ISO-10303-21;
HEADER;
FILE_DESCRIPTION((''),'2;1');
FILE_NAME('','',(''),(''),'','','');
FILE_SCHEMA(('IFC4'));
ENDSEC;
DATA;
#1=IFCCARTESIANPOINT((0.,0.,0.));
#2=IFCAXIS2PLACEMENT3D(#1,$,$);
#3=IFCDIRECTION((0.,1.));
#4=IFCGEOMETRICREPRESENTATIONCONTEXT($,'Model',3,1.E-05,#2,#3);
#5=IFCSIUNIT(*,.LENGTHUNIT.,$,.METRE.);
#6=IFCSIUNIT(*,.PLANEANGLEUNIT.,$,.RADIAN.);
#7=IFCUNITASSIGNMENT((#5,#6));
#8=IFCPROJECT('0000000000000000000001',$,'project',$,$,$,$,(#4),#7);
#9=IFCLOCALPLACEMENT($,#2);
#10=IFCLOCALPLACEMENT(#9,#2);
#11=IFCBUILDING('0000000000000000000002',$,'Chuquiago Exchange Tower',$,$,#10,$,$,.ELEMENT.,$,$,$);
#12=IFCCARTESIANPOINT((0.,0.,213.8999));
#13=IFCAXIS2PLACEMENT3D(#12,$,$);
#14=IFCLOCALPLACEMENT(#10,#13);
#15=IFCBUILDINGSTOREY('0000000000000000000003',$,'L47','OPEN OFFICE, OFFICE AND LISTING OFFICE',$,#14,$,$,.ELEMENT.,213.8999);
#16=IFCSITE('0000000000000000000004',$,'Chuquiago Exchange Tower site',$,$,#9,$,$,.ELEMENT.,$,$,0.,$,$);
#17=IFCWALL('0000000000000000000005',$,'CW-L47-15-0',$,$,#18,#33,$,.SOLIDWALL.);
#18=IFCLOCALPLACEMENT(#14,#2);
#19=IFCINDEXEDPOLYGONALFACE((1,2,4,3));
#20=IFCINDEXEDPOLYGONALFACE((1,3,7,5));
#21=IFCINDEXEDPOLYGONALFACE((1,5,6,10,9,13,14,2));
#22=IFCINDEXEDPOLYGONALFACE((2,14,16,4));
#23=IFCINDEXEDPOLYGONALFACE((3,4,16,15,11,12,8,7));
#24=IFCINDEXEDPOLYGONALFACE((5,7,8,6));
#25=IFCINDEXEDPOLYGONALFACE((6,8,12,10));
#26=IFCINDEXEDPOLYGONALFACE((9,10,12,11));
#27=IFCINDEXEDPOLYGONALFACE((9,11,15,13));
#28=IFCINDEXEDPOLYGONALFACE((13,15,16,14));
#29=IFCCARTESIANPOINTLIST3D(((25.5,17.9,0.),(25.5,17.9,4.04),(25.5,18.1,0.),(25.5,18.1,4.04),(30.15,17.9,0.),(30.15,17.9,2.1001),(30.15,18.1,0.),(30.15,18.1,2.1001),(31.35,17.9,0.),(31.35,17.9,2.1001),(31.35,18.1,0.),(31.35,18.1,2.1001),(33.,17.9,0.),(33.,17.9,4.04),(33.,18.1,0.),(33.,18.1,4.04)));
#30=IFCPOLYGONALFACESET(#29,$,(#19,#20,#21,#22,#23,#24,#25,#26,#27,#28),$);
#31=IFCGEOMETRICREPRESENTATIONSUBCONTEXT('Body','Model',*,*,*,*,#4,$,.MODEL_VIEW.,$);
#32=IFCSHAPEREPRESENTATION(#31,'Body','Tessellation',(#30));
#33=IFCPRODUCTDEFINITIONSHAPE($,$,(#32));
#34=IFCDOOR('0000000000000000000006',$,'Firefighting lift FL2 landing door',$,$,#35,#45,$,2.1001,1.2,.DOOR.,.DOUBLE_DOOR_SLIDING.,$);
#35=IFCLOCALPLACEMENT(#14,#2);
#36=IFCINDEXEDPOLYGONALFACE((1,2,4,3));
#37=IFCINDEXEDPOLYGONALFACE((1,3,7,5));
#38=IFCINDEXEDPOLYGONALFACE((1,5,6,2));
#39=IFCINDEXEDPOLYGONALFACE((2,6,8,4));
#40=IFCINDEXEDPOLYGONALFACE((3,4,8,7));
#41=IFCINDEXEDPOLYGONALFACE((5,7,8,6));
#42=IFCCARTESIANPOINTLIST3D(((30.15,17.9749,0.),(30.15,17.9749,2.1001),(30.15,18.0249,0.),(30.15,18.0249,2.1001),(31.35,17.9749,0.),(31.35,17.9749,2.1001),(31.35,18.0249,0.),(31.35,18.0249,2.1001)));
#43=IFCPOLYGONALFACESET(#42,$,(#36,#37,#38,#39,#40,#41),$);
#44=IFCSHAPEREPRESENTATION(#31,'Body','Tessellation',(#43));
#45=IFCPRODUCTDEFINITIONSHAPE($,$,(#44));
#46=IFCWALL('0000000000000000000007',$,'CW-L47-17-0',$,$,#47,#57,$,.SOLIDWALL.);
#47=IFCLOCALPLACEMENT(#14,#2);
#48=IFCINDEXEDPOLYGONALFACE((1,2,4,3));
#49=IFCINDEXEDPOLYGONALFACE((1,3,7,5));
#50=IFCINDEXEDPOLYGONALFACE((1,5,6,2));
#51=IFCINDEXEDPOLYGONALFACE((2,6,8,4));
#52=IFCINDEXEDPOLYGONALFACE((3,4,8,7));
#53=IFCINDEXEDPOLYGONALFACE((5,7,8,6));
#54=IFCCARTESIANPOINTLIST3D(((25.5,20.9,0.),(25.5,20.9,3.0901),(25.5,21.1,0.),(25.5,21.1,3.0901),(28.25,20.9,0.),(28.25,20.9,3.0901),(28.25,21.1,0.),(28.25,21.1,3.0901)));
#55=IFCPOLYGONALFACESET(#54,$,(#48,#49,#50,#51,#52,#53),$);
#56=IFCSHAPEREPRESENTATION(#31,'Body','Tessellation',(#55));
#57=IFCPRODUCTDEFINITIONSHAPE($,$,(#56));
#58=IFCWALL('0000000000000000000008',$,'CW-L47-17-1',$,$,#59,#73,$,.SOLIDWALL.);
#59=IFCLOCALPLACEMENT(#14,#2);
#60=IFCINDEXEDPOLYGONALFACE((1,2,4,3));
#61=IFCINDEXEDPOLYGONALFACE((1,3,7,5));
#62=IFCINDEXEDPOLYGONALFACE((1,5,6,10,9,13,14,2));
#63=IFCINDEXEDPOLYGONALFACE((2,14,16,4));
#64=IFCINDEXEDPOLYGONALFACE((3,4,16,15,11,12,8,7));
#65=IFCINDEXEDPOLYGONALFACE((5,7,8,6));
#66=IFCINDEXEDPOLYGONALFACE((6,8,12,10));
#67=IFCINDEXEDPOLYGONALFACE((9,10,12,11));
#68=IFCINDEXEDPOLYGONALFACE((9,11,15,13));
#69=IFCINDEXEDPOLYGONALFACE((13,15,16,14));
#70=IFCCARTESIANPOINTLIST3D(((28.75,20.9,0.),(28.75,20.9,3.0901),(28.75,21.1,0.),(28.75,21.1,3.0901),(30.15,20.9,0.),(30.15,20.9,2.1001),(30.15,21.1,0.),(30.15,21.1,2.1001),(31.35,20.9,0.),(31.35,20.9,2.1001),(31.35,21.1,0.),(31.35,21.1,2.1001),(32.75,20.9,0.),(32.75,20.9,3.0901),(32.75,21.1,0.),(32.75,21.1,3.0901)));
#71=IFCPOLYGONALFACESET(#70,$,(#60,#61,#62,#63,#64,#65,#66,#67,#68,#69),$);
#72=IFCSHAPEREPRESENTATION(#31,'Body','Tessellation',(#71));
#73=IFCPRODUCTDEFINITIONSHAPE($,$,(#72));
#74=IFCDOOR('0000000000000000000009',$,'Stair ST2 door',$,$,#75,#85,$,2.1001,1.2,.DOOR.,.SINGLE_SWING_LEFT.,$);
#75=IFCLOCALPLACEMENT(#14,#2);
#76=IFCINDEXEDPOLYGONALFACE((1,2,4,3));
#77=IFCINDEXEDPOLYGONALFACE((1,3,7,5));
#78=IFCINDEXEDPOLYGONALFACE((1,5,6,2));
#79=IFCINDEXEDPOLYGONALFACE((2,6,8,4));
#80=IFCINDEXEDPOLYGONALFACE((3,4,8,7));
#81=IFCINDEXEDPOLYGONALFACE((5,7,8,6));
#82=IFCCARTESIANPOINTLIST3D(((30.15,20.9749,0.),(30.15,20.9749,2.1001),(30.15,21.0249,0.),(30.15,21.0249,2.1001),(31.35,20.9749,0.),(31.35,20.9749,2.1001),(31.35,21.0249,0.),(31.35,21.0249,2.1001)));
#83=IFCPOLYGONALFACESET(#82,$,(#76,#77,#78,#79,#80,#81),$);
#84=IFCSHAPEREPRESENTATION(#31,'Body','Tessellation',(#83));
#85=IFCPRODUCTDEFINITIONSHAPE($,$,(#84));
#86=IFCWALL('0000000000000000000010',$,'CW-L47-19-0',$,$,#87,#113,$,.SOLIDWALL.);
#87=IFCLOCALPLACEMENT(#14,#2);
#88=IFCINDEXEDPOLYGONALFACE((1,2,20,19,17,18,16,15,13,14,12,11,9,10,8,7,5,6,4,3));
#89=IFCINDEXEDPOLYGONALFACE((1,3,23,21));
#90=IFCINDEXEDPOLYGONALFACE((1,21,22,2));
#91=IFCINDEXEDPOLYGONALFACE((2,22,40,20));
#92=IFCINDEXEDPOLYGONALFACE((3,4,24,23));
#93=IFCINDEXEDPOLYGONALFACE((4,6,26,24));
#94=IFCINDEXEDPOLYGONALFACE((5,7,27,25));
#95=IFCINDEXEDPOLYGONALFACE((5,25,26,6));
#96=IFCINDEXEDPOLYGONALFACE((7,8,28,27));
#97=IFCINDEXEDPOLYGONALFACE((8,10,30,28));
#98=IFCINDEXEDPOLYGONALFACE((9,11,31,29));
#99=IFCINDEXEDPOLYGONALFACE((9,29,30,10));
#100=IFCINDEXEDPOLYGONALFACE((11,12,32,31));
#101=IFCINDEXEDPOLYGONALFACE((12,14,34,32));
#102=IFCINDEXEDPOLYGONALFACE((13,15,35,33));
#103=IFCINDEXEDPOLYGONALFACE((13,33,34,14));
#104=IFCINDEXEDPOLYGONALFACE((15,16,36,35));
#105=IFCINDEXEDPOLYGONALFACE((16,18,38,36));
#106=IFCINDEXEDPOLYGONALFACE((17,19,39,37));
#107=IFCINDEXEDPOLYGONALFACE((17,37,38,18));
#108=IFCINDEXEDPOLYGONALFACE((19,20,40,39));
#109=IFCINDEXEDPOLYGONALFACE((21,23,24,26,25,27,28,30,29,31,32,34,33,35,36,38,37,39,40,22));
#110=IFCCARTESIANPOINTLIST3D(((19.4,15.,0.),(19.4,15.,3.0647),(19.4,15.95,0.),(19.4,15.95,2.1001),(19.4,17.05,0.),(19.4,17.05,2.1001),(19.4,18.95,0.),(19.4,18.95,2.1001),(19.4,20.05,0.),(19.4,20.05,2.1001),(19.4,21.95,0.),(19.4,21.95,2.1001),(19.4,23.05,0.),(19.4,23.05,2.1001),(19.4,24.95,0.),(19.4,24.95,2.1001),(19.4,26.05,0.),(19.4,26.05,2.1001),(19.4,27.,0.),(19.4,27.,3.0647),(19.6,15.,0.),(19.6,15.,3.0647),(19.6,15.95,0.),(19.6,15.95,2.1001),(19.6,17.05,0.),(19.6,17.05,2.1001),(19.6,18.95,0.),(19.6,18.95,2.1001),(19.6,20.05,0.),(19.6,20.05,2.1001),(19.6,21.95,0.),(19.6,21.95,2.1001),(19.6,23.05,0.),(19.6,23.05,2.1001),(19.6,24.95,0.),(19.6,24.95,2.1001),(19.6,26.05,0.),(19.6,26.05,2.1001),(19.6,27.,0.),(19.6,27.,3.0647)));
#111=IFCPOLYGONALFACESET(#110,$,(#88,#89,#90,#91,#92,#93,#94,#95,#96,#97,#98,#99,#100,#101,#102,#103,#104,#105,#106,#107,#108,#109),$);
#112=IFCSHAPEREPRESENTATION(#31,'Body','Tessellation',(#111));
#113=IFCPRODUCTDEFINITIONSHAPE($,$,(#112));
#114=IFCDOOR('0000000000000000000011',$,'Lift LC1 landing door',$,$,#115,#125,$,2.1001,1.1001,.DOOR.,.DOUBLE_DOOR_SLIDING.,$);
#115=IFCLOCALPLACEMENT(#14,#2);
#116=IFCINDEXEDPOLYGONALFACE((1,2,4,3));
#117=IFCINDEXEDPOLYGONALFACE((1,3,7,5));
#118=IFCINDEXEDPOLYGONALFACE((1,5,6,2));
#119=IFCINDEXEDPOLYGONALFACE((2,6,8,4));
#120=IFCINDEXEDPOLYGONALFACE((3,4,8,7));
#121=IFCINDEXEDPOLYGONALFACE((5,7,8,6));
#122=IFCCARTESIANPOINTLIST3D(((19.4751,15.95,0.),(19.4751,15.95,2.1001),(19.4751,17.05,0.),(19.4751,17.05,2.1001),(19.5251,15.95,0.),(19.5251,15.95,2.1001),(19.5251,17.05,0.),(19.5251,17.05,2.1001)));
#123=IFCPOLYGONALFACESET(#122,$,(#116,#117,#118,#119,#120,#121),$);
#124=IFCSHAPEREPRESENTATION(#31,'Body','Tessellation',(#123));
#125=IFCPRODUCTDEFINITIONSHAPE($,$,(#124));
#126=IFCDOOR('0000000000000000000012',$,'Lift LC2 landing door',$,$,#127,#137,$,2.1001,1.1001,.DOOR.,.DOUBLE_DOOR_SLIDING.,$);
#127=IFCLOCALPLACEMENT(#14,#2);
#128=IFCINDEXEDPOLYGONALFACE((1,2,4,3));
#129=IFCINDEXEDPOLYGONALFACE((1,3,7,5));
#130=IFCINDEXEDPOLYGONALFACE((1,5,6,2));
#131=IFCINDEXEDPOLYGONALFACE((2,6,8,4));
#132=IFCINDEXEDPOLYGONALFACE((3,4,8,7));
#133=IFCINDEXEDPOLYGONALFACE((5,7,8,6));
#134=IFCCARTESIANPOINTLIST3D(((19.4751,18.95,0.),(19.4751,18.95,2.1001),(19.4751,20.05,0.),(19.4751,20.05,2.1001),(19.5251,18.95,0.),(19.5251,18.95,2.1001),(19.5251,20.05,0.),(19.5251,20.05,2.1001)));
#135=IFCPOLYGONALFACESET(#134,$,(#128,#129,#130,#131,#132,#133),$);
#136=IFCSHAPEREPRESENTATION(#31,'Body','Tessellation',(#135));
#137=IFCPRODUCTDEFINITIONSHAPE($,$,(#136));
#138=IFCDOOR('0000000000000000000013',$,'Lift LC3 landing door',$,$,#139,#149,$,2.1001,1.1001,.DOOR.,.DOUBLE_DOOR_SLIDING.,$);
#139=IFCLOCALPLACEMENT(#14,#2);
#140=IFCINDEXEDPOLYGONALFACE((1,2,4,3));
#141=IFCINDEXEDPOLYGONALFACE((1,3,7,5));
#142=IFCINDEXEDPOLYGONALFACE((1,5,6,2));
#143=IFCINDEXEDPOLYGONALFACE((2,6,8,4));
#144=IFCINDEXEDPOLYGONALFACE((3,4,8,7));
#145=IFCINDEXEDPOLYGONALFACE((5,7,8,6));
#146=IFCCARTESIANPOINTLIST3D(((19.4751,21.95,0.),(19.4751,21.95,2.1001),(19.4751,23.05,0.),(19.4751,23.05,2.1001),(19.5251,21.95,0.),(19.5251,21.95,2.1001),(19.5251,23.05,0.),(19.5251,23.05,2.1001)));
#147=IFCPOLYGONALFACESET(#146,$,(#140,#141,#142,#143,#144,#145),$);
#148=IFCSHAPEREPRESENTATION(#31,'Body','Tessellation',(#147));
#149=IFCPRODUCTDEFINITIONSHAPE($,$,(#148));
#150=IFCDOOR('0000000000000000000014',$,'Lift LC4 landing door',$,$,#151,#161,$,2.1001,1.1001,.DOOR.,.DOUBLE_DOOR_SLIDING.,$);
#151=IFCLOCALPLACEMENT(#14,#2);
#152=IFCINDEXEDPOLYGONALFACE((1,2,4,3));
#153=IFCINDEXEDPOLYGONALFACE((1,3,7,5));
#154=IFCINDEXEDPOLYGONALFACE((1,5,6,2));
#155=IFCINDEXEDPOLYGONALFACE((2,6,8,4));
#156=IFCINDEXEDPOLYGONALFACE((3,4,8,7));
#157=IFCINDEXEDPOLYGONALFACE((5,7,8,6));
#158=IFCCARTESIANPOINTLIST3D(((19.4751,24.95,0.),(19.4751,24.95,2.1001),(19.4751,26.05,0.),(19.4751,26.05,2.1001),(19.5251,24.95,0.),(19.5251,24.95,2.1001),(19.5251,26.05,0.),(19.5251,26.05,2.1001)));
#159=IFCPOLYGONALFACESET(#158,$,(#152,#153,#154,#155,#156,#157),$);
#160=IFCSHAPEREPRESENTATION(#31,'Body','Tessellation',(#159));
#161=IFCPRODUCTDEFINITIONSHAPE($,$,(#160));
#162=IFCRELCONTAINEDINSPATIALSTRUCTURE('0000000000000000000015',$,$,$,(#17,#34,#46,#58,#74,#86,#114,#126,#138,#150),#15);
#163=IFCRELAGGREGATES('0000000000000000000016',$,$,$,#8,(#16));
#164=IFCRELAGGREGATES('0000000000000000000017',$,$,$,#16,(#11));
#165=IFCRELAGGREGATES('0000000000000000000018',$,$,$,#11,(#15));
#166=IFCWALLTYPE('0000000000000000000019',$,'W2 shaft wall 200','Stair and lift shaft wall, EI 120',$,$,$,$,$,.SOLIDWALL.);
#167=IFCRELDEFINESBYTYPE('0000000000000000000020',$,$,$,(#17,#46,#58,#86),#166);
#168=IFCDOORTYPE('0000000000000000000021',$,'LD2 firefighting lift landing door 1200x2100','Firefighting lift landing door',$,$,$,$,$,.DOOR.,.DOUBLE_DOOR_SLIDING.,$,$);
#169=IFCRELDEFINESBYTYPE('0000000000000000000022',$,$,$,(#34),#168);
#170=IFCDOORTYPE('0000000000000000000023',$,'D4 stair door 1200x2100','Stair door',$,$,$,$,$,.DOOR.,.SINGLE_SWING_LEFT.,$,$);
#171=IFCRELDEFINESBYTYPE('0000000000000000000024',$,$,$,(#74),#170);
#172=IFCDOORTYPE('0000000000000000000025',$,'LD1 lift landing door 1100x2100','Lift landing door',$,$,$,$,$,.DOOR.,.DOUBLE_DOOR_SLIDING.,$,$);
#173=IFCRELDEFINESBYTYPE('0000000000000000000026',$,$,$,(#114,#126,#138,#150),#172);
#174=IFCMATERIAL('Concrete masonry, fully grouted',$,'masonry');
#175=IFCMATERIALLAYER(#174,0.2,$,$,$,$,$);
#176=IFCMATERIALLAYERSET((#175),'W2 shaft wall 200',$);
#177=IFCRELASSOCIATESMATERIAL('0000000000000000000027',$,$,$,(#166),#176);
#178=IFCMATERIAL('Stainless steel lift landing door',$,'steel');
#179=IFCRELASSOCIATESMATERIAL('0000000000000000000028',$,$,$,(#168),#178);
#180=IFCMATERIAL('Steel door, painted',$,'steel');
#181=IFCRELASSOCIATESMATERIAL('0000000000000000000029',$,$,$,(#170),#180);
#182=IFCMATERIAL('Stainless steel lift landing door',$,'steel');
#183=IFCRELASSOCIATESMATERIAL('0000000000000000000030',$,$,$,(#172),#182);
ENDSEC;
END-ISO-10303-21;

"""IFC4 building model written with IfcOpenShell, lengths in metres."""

from ifc_helpers import new_model, si_unit, direction, frame, frame_2d, origin, place, context, subcontext, project, spatial, rectangle, extrude, material, layer, layer_set, type_object, element, fill, save


model = new_model("IFC4")

# Units and contexts
model_context = context("Model", 3, precision=1e-05, world=origin(), true_north=direction((0.0, 1.0)))
body_context = subcontext(model_context, "Body", "Model", "MODEL_VIEW")
ifc_project = project(units=[si_unit("LENGTHUNIT", "METRE"), si_unit("PLANEANGLEUNIT", "RADIAN")], contexts=[model_context])

# Site, building, storey
site_placement = place(None, origin())
site = spatial("IfcSite", under=ifc_project, at=site_placement, Name="Chuquiago Exchange Tower site", CompositionType="ELEMENT", RefElevation=0.0)
building_placement = place(site_placement, origin())
building = spatial("IfcBuilding", under=site, at=building_placement, Name="Chuquiago Exchange Tower", CompositionType="ELEMENT")
storey_placement = place(building_placement, frame((0.0, 0.0, 213.8999)))
storey = spatial("IfcBuildingStorey", under=building, at=storey_placement, Name="L47", Description="OPEN OFFICE, OFFICE AND LISTING OFFICE", CompositionType="ELEMENT", Elevation=213.8999)

# Shared definitions
ifc_material_1 = material(Name="Concrete masonry, fully grouted", Category="masonry")
ifc_layer_1 = layer(ifc_material_1, 0.2)
ifc_layer_set_1 = layer_set([ifc_layer_1], Name="W2 shaft wall 200")
wall_type_1 = type_object("IfcWallType", Name="W2 shaft wall 200", Description="Stair and lift shaft wall, EI 120", PredefinedType="SOLIDWALL", material=ifc_layer_set_1)

# Wall, opening, door
wall_1_placement = place(storey_placement, frame((25.5, 18.0, 0.0), z_axis=(0.0, 0.0, 1.0), x_axis=(1.0, 0.0, 0.0)))
wall_1 = element("IfcWall", 1, at=wall_1_placement, inside=storey, type_object=wall_type_1, Name="CW-L47-15-0", PredefinedType="SOLIDWALL", context=body_context, shape_type="SweptSolid", body=[
    extrude(rectangle(XDim=7.5, YDim=0.2, at=frame_2d((3.75, 0.0))), origin(), (0.0, 0.0, 1.0), 4.04),
])
opening_1_placement = place(wall_1_placement, frame((4.6499, 0.0, 0.0)))
opening_1 = element("IfcOpeningElement", 2, at=opening_1_placement, cuts=wall_1, PredefinedType="OPENING", context=body_context, shape_type="SweptSolid", body=[
    extrude(rectangle(XDim=1.2, YDim=2.1001, at=frame_2d((0.6001, 1.05))), frame((0.0, 0.1099, 0.0), z_axis=(0.0, -1.0, 0.0), x_axis=(1.0, 0.0, 0.0)), (0.0, 0.0, 1.0), 0.22),
])
ifc_material_2 = material(Name="Stainless steel lift landing door", Category="steel")
door_type_1 = type_object("IfcDoorType", Name="LD2 firefighting lift landing door 1200x2100", Description="Firefighting lift landing door", OperationType="DOUBLE_DOOR_SLIDING", PredefinedType="DOOR", material=ifc_material_2)
door_1_placement = place(opening_1_placement, origin())
door_1 = element("IfcDoor", 3, at=door_1_placement, inside=storey, type_object=door_type_1, Name="Firefighting lift FL2 landing door", OperationType="DOUBLE_DOOR_SLIDING", OverallHeight=2.1001, OverallWidth=1.2, PredefinedType="DOOR", context=body_context, shape_type="SweptSolid", body=[
    extrude(rectangle(XDim=1.2, YDim=2.1001, at=frame_2d((0.6001, 1.05))), frame((0.0, 0.0249, 0.0), z_axis=(0.0, -1.0, 0.0), x_axis=(1.0, 0.0, 0.0)), (0.0, 0.0, 1.0), 0.05),
])
fill(opening_1, door_1)

# Wall
wall_2_placement = place(storey_placement, frame((25.5, 21.0, 0.0), z_axis=(0.0, 0.0, 1.0), x_axis=(1.0, 0.0, 0.0)))
element("IfcWall", 4, at=wall_2_placement, inside=storey, type_object=wall_type_1, Name="CW-L47-17-0", PredefinedType="SOLIDWALL", context=body_context, shape_type="SweptSolid", body=[
    extrude(rectangle(XDim=2.75, YDim=0.2, at=frame_2d((1.375, 0.0))), origin(), (0.0, 0.0, 1.0), 3.0901),
])

# Wall, opening, door
wall_3_placement = place(storey_placement, frame((28.75, 21.0, 0.0), z_axis=(0.0, 0.0, 1.0), x_axis=(1.0, 0.0, 0.0)))
wall_3 = element("IfcWall", 5, at=wall_3_placement, inside=storey, type_object=wall_type_1, Name="CW-L47-17-1", PredefinedType="SOLIDWALL", context=body_context, shape_type="SweptSolid", body=[
    extrude(rectangle(XDim=4.0, YDim=0.2, at=frame_2d((2.0, 0.0))), origin(), (0.0, 0.0, 1.0), 3.0901),
])
opening_2_placement = place(wall_3_placement, frame((1.3999, 0.0, 0.0)))
opening_2 = element("IfcOpeningElement", 6, at=opening_2_placement, cuts=wall_3, PredefinedType="OPENING", context=body_context, shape_type="SweptSolid", body=[
    extrude(rectangle(XDim=1.2, YDim=2.1001, at=frame_2d((0.6001, 1.05))), frame((0.0, 0.1099, 0.0), z_axis=(0.0, -1.0, 0.0), x_axis=(1.0, 0.0, 0.0)), (0.0, 0.0, 1.0), 0.22),
])
ifc_material_3 = material(Name="Steel door, painted", Category="steel")
door_type_2 = type_object("IfcDoorType", Name="D4 stair door 1200x2100", Description="Stair door", OperationType="SINGLE_SWING_LEFT", PredefinedType="DOOR", material=ifc_material_3)
door_2_placement = place(opening_2_placement, origin())
door_2 = element("IfcDoor", 7, at=door_2_placement, inside=storey, type_object=door_type_2, Name="Stair ST2 door", OperationType="SINGLE_SWING_LEFT", OverallHeight=2.1001, OverallWidth=1.2, PredefinedType="DOOR", context=body_context, shape_type="SweptSolid", body=[
    extrude(rectangle(XDim=1.2, YDim=2.1001, at=frame_2d((0.6001, 1.05))), frame((0.0, 0.0249, 0.0), z_axis=(0.0, -1.0, 0.0), x_axis=(1.0, 0.0, 0.0)), (0.0, 0.0, 1.0), 0.05),
])
fill(opening_2, door_2)

# Wall, openings, doors
wall_4_placement = place(storey_placement, frame((19.5, 15.0, 0.0), z_axis=(0.0, 0.0, 1.0), x_axis=(0.0, 1.0, 0.0)))
wall_4 = element("IfcWall", 8, at=wall_4_placement, inside=storey, type_object=wall_type_1, Name="CW-L47-19-0", PredefinedType="SOLIDWALL", context=body_context, shape_type="SweptSolid", body=[
    extrude(rectangle(XDim=12.0, YDim=0.2, at=frame_2d((6.0, 0.0))), origin(), (0.0, 0.0, 1.0), 3.0647),
])
opening_3_placement = place(wall_4_placement, frame((0.95, 0.0, 0.0)))
opening_3 = element("IfcOpeningElement", 9, at=opening_3_placement, cuts=wall_4, PredefinedType="OPENING", context=body_context, shape_type="SweptSolid", body=[
    extrude(rectangle(XDim=1.1001, YDim=2.1001, at=frame_2d((0.55, 1.05))), frame((0.0, 0.1099, 0.0), z_axis=(0.0, -1.0, 0.0), x_axis=(1.0, 0.0, 0.0)), (0.0, 0.0, 1.0), 0.22),
])
opening_4_placement = place(wall_4_placement, frame((3.95, 0.0, 0.0)))
opening_4 = element("IfcOpeningElement", 10, at=opening_4_placement, cuts=wall_4, PredefinedType="OPENING", context=body_context, shape_type="SweptSolid", body=[
    extrude(rectangle(XDim=1.1001, YDim=2.1001, at=frame_2d((0.55, 1.05))), frame((0.0, 0.1099, 0.0), z_axis=(0.0, -1.0, 0.0), x_axis=(1.0, 0.0, 0.0)), (0.0, 0.0, 1.0), 0.22),
])
opening_5_placement = place(wall_4_placement, frame((6.95, 0.0, 0.0)))
opening_5 = element("IfcOpeningElement", 11, at=opening_5_placement, cuts=wall_4, PredefinedType="OPENING", context=body_context, shape_type="SweptSolid", body=[
    extrude(rectangle(XDim=1.1001, YDim=2.1001, at=frame_2d((0.55, 1.05))), frame((0.0, 0.1099, 0.0), z_axis=(0.0, -1.0, 0.0), x_axis=(1.0, 0.0, 0.0)), (0.0, 0.0, 1.0), 0.22),
])
opening_6_placement = place(wall_4_placement, frame((9.95, 0.0, 0.0)))
opening_6 = element("IfcOpeningElement", 12, at=opening_6_placement, cuts=wall_4, PredefinedType="OPENING", context=body_context, shape_type="SweptSolid", body=[
    extrude(rectangle(XDim=1.1001, YDim=2.1001, at=frame_2d((0.55, 1.05))), frame((0.0, 0.1099, 0.0), z_axis=(0.0, -1.0, 0.0), x_axis=(1.0, 0.0, 0.0)), (0.0, 0.0, 1.0), 0.22),
])
ifc_material_4 = material(Name="Stainless steel lift landing door", Category="steel")
door_type_3 = type_object("IfcDoorType", Name="LD1 lift landing door 1100x2100", Description="Lift landing door", OperationType="DOUBLE_DOOR_SLIDING", PredefinedType="DOOR", material=ifc_material_4)
door_3_placement = place(opening_3_placement, origin())
door_3 = element("IfcDoor", 13, at=door_3_placement, inside=storey, type_object=door_type_3, Name="Lift LC1 landing door", OperationType="DOUBLE_DOOR_SLIDING", OverallHeight=2.1001, OverallWidth=1.1001, PredefinedType="DOOR", context=body_context, shape_type="SweptSolid", body=[
    extrude(rectangle(XDim=1.1001, YDim=2.1001, at=frame_2d((0.55, 1.05))), frame((0.0, 0.0249, 0.0), z_axis=(0.0, -1.0, 0.0), x_axis=(1.0, 0.0, 0.0)), (0.0, 0.0, 1.0), 0.05),
])
fill(opening_3, door_3)
door_4_placement = place(opening_4_placement, origin())
door_4 = element("IfcDoor", 14, at=door_4_placement, inside=storey, type_object=door_type_3, Name="Lift LC2 landing door", OperationType="DOUBLE_DOOR_SLIDING", OverallHeight=2.1001, OverallWidth=1.1001, PredefinedType="DOOR", context=body_context, shape_type="SweptSolid", body=[
    extrude(rectangle(XDim=1.1001, YDim=2.1001, at=frame_2d((0.55, 1.05))), frame((0.0, 0.0249, 0.0), z_axis=(0.0, -1.0, 0.0), x_axis=(1.0, 0.0, 0.0)), (0.0, 0.0, 1.0), 0.05),
])
fill(opening_4, door_4)
door_5_placement = place(opening_5_placement, origin())
door_5 = element("IfcDoor", 15, at=door_5_placement, inside=storey, type_object=door_type_3, Name="Lift LC3 landing door", OperationType="DOUBLE_DOOR_SLIDING", OverallHeight=2.1001, OverallWidth=1.1001, PredefinedType="DOOR", context=body_context, shape_type="SweptSolid", body=[
    extrude(rectangle(XDim=1.1001, YDim=2.1001, at=frame_2d((0.55, 1.05))), frame((0.0, 0.0249, 0.0), z_axis=(0.0, -1.0, 0.0), x_axis=(1.0, 0.0, 0.0)), (0.0, 0.0, 1.0), 0.05),
])
fill(opening_5, door_5)
door_6_placement = place(opening_6_placement, origin())
door_6 = element("IfcDoor", 16, at=door_6_placement, inside=storey, type_object=door_type_3, Name="Lift LC4 landing door", OperationType="DOUBLE_DOOR_SLIDING", OverallHeight=2.1001, OverallWidth=1.1001, PredefinedType="DOOR", context=body_context, shape_type="SweptSolid", body=[
    extrude(rectangle(XDim=1.1001, YDim=2.1001, at=frame_2d((0.55, 1.05))), frame((0.0, 0.0249, 0.0), z_axis=(0.0, -1.0, 0.0), x_axis=(1.0, 0.0, 0.0)), (0.0, 0.0, 1.0), 0.05),
])
fill(opening_6, door_6)

save(model, "model.ifc")
